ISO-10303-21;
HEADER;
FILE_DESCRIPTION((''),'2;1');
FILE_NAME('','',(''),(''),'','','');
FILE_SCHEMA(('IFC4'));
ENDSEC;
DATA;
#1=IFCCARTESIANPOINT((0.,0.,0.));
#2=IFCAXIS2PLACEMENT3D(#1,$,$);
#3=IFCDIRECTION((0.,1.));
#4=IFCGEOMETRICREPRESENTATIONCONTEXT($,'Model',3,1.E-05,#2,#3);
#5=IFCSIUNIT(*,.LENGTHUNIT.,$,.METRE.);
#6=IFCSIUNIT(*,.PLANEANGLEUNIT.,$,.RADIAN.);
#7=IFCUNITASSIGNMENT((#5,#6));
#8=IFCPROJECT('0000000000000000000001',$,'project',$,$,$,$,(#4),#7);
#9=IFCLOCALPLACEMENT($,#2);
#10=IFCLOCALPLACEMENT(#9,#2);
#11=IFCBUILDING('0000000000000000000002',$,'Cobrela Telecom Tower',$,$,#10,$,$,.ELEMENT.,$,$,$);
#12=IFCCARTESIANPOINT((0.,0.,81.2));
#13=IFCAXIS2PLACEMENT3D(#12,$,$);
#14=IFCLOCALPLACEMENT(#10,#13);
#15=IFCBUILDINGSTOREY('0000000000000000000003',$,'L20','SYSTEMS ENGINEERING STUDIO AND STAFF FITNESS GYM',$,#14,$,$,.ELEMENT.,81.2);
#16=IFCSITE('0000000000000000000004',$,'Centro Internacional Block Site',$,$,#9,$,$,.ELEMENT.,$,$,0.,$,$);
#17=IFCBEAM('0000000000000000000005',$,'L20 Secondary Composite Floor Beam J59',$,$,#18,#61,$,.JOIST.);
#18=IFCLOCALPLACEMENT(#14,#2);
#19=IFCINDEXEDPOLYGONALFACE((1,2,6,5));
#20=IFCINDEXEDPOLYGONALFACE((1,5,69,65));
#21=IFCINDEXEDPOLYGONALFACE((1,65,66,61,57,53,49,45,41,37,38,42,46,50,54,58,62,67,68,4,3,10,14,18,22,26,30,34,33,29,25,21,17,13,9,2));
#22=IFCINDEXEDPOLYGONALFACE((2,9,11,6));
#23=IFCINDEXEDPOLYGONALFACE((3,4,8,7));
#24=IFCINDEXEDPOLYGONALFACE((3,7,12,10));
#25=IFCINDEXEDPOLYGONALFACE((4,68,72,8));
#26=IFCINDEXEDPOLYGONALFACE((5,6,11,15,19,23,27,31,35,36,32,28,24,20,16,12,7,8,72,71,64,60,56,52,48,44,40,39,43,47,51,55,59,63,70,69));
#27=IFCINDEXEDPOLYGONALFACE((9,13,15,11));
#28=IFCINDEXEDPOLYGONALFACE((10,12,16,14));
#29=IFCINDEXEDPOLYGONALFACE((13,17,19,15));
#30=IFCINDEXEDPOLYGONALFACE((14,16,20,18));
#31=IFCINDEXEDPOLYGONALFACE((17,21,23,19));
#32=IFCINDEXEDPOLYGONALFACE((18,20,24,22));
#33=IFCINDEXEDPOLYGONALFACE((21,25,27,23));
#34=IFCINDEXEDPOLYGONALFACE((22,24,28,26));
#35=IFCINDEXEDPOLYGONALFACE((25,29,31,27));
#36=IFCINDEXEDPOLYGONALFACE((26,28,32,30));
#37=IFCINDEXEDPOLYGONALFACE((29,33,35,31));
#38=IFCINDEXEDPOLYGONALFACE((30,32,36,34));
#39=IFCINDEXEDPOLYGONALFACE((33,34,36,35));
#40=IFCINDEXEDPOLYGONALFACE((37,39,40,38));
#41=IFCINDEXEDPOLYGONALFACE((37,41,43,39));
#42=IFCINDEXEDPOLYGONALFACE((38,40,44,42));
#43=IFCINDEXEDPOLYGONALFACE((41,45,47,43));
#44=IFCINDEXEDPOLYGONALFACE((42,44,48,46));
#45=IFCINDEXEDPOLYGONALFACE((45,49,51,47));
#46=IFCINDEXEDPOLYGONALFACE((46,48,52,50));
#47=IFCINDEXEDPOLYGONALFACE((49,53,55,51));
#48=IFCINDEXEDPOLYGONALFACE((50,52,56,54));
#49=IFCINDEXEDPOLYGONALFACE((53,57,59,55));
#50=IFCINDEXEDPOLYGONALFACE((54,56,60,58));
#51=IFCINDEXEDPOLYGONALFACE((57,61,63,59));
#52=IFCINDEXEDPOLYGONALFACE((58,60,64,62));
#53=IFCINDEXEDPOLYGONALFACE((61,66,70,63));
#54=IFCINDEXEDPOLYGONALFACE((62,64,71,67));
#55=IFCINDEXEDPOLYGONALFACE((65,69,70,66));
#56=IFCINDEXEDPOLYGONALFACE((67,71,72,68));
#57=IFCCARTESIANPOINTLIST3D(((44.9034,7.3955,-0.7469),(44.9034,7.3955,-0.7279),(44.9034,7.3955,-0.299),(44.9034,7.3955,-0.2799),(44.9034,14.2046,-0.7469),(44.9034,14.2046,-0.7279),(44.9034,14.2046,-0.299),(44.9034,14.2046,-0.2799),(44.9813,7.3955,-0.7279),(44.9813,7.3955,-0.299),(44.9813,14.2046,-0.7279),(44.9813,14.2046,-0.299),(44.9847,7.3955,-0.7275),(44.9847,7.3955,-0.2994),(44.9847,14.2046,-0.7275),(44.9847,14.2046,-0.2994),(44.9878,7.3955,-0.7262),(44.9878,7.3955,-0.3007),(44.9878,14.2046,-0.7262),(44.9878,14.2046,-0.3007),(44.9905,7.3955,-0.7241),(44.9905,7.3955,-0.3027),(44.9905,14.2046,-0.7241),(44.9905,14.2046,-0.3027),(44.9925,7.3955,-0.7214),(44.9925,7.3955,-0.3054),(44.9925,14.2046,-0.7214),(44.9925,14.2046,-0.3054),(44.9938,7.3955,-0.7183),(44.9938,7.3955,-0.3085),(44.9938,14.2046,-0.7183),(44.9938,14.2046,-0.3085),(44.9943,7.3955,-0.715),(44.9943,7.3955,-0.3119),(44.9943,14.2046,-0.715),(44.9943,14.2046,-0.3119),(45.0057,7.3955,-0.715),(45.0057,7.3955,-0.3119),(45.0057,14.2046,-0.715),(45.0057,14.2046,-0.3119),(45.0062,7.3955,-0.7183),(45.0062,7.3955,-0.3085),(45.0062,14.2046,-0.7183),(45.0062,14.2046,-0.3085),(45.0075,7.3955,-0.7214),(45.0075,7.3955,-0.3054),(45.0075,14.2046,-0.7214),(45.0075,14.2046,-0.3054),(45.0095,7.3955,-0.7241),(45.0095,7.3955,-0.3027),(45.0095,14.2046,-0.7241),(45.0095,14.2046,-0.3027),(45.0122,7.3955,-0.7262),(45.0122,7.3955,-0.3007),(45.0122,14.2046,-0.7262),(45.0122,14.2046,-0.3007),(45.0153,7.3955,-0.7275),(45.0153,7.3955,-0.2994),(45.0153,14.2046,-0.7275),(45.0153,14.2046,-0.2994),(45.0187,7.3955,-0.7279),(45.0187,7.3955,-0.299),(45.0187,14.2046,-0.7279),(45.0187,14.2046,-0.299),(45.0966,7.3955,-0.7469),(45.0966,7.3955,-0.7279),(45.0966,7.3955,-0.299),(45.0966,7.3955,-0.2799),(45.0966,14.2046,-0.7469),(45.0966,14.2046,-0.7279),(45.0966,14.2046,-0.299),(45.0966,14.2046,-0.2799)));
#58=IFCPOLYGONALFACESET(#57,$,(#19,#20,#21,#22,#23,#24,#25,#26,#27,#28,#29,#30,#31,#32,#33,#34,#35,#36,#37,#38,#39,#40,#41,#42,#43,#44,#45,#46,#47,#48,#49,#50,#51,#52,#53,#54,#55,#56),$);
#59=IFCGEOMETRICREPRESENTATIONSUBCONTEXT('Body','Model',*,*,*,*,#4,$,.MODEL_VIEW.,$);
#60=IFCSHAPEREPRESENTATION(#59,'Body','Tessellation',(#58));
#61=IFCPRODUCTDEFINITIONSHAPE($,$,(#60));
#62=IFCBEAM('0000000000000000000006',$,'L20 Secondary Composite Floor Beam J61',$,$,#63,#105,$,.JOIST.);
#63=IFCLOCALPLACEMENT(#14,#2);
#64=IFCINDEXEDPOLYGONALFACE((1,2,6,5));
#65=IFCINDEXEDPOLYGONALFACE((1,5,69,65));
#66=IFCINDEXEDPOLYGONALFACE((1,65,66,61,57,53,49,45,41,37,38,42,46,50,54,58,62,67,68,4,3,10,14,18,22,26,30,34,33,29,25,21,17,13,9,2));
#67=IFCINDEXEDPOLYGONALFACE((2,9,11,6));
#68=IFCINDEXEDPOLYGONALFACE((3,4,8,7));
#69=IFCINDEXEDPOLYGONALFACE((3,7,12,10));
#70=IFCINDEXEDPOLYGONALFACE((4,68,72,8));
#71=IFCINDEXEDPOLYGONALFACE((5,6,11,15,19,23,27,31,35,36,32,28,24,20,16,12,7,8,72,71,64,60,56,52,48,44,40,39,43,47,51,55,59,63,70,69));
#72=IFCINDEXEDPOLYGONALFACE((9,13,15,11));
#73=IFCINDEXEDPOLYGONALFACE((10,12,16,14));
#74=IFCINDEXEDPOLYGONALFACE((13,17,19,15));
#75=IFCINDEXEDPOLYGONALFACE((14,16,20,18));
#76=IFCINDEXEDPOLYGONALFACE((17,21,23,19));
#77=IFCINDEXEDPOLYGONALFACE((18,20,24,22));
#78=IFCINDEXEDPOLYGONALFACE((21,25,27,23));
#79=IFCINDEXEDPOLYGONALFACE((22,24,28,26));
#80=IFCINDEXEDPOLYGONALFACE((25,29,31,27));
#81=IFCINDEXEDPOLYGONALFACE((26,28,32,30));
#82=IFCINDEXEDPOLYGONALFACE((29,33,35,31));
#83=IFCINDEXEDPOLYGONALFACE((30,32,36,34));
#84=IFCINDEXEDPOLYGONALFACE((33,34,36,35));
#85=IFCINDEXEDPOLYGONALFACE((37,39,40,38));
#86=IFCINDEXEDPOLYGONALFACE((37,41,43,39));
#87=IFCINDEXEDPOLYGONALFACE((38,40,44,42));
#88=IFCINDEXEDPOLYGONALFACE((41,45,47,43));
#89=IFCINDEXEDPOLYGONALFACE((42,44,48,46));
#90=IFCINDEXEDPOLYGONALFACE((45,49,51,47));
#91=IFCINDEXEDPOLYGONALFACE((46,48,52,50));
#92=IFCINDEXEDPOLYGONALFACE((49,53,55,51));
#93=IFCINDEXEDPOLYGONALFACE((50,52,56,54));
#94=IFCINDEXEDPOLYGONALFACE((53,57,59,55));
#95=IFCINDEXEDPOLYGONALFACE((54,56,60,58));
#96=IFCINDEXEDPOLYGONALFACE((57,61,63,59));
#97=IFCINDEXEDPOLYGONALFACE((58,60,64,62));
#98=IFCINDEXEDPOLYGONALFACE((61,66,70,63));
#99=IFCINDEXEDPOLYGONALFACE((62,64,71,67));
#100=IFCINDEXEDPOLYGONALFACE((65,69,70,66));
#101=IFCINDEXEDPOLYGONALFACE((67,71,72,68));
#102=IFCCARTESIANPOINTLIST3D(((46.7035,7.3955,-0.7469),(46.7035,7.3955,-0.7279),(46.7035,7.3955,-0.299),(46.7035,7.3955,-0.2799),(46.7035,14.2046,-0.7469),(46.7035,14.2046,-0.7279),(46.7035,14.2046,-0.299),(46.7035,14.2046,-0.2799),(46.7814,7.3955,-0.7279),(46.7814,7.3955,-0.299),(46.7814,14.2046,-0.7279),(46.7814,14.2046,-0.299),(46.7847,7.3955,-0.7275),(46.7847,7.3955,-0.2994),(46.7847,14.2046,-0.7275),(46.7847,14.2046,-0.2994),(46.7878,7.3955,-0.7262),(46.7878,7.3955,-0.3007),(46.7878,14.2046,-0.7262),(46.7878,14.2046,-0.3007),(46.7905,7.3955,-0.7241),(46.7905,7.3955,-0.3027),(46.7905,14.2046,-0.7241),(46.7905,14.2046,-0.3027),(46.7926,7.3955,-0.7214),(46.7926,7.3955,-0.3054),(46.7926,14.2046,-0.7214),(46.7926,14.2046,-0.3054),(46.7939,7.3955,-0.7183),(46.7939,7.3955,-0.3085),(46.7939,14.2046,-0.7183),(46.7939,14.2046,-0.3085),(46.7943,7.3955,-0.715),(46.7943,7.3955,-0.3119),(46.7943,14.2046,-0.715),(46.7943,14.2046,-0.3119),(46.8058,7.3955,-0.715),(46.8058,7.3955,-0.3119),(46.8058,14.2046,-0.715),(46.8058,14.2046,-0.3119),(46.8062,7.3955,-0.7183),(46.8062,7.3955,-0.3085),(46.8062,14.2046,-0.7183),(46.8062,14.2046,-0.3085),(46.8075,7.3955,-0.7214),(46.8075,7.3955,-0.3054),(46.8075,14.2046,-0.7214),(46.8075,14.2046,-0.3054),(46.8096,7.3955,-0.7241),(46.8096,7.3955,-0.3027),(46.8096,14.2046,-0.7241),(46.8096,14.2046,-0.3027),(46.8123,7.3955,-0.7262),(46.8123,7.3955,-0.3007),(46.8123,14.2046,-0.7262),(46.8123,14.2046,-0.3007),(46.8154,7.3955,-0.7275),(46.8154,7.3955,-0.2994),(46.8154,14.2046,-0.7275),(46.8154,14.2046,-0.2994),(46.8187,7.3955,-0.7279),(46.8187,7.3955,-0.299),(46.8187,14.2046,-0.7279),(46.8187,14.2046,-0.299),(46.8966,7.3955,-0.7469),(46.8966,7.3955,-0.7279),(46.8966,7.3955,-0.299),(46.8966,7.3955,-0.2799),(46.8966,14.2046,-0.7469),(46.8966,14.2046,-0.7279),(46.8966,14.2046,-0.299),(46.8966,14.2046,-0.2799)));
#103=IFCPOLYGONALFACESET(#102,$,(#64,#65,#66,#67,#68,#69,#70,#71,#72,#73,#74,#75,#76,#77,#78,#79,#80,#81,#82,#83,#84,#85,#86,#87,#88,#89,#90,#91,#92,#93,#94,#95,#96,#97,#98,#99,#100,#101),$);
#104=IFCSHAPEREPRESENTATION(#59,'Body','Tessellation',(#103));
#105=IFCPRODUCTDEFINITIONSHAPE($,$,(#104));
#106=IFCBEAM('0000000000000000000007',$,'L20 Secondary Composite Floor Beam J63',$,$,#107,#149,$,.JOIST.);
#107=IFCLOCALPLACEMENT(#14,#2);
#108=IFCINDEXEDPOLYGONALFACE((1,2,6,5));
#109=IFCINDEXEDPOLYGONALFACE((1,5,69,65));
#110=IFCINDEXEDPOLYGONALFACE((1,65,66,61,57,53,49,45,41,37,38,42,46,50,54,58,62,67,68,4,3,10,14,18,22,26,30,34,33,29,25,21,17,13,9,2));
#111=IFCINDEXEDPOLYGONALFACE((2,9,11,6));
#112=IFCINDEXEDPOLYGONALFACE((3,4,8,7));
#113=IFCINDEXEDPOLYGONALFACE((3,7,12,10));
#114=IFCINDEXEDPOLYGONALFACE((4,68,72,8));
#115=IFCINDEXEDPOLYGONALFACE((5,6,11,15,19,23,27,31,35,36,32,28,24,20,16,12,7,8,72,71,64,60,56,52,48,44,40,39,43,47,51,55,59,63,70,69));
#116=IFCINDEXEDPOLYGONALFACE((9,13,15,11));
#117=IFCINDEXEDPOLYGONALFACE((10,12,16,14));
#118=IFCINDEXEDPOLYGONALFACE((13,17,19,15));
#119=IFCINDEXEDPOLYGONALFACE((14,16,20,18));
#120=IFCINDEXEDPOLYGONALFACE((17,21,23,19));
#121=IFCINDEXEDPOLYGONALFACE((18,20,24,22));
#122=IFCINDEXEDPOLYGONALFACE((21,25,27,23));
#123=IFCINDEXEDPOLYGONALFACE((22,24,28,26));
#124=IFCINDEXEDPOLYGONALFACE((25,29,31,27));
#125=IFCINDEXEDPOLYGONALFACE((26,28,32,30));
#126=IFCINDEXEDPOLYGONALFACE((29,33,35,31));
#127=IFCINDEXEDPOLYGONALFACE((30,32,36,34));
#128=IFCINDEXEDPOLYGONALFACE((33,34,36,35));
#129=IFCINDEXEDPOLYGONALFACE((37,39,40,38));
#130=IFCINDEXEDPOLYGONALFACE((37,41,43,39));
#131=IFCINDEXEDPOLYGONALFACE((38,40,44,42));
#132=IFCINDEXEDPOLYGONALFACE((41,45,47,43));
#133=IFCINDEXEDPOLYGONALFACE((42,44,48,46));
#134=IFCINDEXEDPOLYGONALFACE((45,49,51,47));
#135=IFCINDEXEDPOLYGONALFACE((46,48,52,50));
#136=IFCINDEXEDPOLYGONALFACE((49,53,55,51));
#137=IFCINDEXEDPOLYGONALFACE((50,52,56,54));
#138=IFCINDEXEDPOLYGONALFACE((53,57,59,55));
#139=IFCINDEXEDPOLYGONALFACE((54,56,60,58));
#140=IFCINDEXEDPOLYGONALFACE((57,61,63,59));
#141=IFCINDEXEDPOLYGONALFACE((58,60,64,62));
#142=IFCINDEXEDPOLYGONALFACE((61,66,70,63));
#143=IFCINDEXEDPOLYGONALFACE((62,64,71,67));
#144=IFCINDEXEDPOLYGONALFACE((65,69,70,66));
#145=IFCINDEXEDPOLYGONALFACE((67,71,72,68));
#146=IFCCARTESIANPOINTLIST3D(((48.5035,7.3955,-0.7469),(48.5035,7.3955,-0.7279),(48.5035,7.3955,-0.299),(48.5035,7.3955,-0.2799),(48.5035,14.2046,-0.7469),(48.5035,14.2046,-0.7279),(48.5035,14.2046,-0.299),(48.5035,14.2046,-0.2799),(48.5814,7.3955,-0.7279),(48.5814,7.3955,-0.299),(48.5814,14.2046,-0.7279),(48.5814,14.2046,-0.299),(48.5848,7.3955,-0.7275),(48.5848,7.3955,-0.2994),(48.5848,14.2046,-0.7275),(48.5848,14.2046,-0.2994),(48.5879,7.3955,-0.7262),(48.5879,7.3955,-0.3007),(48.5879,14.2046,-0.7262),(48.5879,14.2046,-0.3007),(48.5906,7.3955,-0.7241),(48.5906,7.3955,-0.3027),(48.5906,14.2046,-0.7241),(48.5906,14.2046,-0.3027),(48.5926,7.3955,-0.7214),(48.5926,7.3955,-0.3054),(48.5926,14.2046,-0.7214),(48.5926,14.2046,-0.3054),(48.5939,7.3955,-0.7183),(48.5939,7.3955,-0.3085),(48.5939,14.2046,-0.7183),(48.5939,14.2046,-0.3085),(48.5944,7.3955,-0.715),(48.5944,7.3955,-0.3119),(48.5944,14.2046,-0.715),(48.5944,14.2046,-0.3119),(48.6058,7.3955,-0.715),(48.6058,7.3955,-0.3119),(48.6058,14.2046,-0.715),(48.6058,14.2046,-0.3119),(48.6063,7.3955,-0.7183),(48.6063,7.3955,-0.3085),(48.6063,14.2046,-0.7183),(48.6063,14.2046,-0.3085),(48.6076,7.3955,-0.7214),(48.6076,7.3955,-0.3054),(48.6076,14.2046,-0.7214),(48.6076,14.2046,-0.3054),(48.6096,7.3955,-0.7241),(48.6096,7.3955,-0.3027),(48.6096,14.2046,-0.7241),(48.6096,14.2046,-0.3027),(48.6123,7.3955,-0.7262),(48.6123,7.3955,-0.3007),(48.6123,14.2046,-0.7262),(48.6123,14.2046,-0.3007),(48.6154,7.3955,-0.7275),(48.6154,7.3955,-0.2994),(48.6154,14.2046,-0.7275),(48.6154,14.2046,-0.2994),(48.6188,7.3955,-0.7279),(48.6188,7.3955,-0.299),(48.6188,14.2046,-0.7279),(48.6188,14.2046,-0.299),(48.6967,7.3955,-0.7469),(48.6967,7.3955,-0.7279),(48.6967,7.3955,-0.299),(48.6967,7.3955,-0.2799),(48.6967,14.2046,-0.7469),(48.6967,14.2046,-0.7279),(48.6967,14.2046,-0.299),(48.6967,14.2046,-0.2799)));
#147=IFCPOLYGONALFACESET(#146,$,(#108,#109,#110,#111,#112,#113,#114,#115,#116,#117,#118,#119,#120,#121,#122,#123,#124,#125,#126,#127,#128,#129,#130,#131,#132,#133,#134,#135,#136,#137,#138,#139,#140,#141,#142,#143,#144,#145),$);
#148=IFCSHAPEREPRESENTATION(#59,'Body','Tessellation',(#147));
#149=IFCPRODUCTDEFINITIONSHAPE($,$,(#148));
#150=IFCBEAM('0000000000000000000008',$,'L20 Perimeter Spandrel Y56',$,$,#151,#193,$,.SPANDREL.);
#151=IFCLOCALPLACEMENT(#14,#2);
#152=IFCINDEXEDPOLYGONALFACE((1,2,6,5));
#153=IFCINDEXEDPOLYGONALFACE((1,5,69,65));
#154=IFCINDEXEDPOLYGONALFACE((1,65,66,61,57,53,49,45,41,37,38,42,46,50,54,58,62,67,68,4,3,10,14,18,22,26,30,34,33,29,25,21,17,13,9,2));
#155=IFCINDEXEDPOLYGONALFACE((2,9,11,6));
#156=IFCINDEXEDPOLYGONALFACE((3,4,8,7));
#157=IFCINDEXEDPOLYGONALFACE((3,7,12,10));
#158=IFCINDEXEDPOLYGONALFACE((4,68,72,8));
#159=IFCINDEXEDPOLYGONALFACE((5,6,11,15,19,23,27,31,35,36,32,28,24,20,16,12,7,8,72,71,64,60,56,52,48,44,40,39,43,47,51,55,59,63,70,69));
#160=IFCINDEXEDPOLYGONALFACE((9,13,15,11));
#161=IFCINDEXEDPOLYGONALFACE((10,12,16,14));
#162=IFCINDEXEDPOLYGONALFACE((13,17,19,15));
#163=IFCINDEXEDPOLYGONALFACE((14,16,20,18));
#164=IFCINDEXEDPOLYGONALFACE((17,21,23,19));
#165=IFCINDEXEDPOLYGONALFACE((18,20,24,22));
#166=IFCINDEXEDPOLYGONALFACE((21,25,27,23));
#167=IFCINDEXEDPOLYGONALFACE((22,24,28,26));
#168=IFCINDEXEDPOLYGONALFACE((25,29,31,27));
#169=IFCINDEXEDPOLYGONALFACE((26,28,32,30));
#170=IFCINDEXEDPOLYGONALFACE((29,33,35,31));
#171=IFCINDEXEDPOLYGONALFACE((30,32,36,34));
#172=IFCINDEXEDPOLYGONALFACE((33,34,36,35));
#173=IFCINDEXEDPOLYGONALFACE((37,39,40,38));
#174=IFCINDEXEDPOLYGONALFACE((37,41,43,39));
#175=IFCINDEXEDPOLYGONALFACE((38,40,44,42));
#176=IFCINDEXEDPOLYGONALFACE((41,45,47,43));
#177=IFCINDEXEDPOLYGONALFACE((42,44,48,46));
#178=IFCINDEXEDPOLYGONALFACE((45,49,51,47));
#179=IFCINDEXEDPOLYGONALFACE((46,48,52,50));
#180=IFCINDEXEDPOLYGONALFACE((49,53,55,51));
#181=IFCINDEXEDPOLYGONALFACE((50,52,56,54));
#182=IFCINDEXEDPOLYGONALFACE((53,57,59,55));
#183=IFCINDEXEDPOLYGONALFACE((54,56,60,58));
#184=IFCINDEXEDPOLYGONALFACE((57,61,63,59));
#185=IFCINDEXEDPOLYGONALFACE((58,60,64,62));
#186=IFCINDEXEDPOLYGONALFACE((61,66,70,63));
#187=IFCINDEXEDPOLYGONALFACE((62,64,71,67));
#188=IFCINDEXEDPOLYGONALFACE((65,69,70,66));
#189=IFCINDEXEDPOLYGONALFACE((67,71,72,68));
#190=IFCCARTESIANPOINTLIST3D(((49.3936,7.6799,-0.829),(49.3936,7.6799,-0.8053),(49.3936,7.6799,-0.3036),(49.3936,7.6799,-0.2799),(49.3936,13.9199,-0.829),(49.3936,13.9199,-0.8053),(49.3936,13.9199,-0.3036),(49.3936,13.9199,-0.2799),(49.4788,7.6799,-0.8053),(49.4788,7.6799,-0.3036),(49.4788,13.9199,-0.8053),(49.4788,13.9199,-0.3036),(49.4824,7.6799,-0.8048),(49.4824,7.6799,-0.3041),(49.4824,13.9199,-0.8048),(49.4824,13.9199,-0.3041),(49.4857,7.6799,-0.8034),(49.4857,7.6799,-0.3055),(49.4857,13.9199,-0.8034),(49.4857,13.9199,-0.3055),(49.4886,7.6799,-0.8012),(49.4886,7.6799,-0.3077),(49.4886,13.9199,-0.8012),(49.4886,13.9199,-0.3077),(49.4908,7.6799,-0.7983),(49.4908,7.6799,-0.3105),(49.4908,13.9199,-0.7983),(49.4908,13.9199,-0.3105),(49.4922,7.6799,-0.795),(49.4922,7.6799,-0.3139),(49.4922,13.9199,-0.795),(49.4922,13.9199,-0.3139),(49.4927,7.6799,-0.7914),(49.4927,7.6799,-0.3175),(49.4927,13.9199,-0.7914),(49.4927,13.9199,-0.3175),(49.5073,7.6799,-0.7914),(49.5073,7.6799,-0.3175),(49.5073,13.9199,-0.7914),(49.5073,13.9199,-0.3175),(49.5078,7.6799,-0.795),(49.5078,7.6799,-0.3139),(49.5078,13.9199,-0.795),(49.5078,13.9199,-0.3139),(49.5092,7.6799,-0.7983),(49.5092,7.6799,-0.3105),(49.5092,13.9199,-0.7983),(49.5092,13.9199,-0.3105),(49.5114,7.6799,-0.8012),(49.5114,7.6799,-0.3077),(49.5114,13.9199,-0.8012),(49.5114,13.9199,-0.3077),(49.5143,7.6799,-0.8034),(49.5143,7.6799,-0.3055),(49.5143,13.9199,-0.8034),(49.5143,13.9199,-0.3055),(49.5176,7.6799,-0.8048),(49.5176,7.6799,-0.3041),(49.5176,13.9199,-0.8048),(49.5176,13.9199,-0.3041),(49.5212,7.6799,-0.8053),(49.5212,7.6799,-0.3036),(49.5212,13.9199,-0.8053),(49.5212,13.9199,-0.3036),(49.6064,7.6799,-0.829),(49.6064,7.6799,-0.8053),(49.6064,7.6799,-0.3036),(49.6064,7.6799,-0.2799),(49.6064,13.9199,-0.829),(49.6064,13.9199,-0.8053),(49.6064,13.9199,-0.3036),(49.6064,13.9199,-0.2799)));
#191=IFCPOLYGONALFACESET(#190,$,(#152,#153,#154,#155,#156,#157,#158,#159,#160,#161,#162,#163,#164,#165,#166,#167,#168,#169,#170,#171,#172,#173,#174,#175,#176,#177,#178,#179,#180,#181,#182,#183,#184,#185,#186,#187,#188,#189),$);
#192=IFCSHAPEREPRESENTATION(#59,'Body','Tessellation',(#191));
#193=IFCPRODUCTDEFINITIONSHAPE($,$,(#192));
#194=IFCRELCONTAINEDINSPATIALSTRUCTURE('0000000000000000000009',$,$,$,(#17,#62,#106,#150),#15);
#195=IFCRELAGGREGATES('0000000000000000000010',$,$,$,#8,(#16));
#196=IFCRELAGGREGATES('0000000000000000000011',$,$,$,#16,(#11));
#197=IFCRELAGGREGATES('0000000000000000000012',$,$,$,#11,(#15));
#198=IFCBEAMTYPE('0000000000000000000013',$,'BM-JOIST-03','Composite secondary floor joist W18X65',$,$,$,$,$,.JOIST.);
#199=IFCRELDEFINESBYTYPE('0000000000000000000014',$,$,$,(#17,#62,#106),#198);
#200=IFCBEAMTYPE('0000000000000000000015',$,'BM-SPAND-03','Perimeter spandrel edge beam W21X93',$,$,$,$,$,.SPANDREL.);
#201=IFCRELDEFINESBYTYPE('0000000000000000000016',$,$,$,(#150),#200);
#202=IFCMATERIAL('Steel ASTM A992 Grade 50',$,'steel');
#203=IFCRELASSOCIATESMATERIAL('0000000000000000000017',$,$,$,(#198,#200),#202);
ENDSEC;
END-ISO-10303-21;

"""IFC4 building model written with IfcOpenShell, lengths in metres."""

from ifc_helpers import new_model, si_unit, direction, frame, origin, origin_2d, place, context, subcontext, project, spatial, i_section, extrude, material, material_profile, profile_set, type_object, element, save


model = new_model("IFC4")

# Units and contexts
model_context = context("Model", 3, precision=1e-05, world=origin(), true_north=direction((0.0, 1.0)))
body_context = subcontext(model_context, "Body", "Model", "MODEL_VIEW")
ifc_project = project(units=[si_unit("LENGTHUNIT", "METRE"), si_unit("PLANEANGLEUNIT", "RADIAN")], contexts=[model_context])

# Site, building, storey
site_placement = place(None, origin())
site = spatial("IfcSite", under=ifc_project, at=site_placement, Name="Centro Internacional Block Site", CompositionType="ELEMENT", RefElevation=0.0)
building_placement = place(site_placement, origin())
building = spatial("IfcBuilding", under=site, at=building_placement, Name="Cobrela Telecom Tower", CompositionType="ELEMENT")
storey_placement = place(building_placement, frame((0.0, 0.0, 81.2)))
storey = spatial("IfcBuildingStorey", under=building, at=storey_placement, Name="L20", Description="SYSTEMS ENGINEERING STUDIO AND STAFF FITNESS GYM", CompositionType="ELEMENT", Elevation=81.2)

# Shared definitions
ifc_material_1 = material(Name="Steel ASTM A992 Grade 50", Category="steel")

# Beams
ifc_material_profile_1 = material_profile(ifc_material_1, i_section(OverallWidth=0.1931, OverallDepth=0.467, WebThickness=0.0115, FlangeThickness=0.019, FilletRadius=0.0129, at=origin_2d()), Name="W18X65")
ifc_profile_set_1 = profile_set([ifc_material_profile_1], Name="Steel ASTM A992 Grade 50")
beam_type_1 = type_object("IfcBeamType", Name="BM-JOIST-03", Description="Composite secondary floor joist W18X65", PredefinedType="JOIST", material=ifc_profile_set_1)
for number, where, z_axis, x_axis, name in (
    (1, (45.0, 7.3955, -0.5134), (0.0, 1.0, 0.0), (-1.0, 0.0, 0.0), "L20 Secondary Composite Floor Beam J59"),
    (2, (46.8, 7.3955, -0.5134), (0.0, 1.0, 0.0), (-1.0, 0.0, 0.0), "L20 Secondary Composite Floor Beam J61"),
    (3, (48.6001, 7.3955, -0.5134), (0.0, 1.0, 0.0), (-1.0, 0.0, 0.0), "L20 Secondary Composite Floor Beam J63"),
):
    element("IfcBeam", number, at=place(storey_placement, frame(where, z_axis=z_axis, x_axis=x_axis)), inside=storey, type_object=beam_type_1, Name=name, PredefinedType="JOIST", context=body_context, shape_type="SweptSolid", body=[
        extrude(i_section(OverallWidth=0.1931, OverallDepth=0.467, WebThickness=0.0115, FlangeThickness=0.019, FilletRadius=0.0129, at=origin_2d()), origin(), (0.0, 0.0, 1.0), 6.8091),
    ])
ifc_material_profile_2 = material_profile(ifc_material_1, i_section(OverallWidth=0.2129, OverallDepth=0.5491, WebThickness=0.0146, FlangeThickness=0.0237, FilletRadius=0.0139, at=origin_2d()), Name="W21X93")
ifc_profile_set_2 = profile_set([ifc_material_profile_2], Name="Steel ASTM A992 Grade 50")
beam_type_2 = type_object("IfcBeamType", Name="BM-SPAND-03", Description="Perimeter spandrel edge beam W21X93", PredefinedType="SPANDREL", material=ifc_profile_set_2)
beam_placement = place(storey_placement, frame((49.5, 7.6799, -0.5544), z_axis=(0.0, 1.0, 0.0), x_axis=(-1.0, 0.0, 0.0)))
element("IfcBeam", 4, at=beam_placement, inside=storey, type_object=beam_type_2, Name="L20 Perimeter Spandrel Y56", PredefinedType="SPANDREL", context=body_context, shape_type="SweptSolid", body=[
    extrude(i_section(OverallWidth=0.2129, OverallDepth=0.5491, WebThickness=0.0146, FlangeThickness=0.0237, FilletRadius=0.0139, at=origin_2d()), origin(), (0.0, 0.0, 1.0), 6.24),
])

save(model, "model.ifc")
